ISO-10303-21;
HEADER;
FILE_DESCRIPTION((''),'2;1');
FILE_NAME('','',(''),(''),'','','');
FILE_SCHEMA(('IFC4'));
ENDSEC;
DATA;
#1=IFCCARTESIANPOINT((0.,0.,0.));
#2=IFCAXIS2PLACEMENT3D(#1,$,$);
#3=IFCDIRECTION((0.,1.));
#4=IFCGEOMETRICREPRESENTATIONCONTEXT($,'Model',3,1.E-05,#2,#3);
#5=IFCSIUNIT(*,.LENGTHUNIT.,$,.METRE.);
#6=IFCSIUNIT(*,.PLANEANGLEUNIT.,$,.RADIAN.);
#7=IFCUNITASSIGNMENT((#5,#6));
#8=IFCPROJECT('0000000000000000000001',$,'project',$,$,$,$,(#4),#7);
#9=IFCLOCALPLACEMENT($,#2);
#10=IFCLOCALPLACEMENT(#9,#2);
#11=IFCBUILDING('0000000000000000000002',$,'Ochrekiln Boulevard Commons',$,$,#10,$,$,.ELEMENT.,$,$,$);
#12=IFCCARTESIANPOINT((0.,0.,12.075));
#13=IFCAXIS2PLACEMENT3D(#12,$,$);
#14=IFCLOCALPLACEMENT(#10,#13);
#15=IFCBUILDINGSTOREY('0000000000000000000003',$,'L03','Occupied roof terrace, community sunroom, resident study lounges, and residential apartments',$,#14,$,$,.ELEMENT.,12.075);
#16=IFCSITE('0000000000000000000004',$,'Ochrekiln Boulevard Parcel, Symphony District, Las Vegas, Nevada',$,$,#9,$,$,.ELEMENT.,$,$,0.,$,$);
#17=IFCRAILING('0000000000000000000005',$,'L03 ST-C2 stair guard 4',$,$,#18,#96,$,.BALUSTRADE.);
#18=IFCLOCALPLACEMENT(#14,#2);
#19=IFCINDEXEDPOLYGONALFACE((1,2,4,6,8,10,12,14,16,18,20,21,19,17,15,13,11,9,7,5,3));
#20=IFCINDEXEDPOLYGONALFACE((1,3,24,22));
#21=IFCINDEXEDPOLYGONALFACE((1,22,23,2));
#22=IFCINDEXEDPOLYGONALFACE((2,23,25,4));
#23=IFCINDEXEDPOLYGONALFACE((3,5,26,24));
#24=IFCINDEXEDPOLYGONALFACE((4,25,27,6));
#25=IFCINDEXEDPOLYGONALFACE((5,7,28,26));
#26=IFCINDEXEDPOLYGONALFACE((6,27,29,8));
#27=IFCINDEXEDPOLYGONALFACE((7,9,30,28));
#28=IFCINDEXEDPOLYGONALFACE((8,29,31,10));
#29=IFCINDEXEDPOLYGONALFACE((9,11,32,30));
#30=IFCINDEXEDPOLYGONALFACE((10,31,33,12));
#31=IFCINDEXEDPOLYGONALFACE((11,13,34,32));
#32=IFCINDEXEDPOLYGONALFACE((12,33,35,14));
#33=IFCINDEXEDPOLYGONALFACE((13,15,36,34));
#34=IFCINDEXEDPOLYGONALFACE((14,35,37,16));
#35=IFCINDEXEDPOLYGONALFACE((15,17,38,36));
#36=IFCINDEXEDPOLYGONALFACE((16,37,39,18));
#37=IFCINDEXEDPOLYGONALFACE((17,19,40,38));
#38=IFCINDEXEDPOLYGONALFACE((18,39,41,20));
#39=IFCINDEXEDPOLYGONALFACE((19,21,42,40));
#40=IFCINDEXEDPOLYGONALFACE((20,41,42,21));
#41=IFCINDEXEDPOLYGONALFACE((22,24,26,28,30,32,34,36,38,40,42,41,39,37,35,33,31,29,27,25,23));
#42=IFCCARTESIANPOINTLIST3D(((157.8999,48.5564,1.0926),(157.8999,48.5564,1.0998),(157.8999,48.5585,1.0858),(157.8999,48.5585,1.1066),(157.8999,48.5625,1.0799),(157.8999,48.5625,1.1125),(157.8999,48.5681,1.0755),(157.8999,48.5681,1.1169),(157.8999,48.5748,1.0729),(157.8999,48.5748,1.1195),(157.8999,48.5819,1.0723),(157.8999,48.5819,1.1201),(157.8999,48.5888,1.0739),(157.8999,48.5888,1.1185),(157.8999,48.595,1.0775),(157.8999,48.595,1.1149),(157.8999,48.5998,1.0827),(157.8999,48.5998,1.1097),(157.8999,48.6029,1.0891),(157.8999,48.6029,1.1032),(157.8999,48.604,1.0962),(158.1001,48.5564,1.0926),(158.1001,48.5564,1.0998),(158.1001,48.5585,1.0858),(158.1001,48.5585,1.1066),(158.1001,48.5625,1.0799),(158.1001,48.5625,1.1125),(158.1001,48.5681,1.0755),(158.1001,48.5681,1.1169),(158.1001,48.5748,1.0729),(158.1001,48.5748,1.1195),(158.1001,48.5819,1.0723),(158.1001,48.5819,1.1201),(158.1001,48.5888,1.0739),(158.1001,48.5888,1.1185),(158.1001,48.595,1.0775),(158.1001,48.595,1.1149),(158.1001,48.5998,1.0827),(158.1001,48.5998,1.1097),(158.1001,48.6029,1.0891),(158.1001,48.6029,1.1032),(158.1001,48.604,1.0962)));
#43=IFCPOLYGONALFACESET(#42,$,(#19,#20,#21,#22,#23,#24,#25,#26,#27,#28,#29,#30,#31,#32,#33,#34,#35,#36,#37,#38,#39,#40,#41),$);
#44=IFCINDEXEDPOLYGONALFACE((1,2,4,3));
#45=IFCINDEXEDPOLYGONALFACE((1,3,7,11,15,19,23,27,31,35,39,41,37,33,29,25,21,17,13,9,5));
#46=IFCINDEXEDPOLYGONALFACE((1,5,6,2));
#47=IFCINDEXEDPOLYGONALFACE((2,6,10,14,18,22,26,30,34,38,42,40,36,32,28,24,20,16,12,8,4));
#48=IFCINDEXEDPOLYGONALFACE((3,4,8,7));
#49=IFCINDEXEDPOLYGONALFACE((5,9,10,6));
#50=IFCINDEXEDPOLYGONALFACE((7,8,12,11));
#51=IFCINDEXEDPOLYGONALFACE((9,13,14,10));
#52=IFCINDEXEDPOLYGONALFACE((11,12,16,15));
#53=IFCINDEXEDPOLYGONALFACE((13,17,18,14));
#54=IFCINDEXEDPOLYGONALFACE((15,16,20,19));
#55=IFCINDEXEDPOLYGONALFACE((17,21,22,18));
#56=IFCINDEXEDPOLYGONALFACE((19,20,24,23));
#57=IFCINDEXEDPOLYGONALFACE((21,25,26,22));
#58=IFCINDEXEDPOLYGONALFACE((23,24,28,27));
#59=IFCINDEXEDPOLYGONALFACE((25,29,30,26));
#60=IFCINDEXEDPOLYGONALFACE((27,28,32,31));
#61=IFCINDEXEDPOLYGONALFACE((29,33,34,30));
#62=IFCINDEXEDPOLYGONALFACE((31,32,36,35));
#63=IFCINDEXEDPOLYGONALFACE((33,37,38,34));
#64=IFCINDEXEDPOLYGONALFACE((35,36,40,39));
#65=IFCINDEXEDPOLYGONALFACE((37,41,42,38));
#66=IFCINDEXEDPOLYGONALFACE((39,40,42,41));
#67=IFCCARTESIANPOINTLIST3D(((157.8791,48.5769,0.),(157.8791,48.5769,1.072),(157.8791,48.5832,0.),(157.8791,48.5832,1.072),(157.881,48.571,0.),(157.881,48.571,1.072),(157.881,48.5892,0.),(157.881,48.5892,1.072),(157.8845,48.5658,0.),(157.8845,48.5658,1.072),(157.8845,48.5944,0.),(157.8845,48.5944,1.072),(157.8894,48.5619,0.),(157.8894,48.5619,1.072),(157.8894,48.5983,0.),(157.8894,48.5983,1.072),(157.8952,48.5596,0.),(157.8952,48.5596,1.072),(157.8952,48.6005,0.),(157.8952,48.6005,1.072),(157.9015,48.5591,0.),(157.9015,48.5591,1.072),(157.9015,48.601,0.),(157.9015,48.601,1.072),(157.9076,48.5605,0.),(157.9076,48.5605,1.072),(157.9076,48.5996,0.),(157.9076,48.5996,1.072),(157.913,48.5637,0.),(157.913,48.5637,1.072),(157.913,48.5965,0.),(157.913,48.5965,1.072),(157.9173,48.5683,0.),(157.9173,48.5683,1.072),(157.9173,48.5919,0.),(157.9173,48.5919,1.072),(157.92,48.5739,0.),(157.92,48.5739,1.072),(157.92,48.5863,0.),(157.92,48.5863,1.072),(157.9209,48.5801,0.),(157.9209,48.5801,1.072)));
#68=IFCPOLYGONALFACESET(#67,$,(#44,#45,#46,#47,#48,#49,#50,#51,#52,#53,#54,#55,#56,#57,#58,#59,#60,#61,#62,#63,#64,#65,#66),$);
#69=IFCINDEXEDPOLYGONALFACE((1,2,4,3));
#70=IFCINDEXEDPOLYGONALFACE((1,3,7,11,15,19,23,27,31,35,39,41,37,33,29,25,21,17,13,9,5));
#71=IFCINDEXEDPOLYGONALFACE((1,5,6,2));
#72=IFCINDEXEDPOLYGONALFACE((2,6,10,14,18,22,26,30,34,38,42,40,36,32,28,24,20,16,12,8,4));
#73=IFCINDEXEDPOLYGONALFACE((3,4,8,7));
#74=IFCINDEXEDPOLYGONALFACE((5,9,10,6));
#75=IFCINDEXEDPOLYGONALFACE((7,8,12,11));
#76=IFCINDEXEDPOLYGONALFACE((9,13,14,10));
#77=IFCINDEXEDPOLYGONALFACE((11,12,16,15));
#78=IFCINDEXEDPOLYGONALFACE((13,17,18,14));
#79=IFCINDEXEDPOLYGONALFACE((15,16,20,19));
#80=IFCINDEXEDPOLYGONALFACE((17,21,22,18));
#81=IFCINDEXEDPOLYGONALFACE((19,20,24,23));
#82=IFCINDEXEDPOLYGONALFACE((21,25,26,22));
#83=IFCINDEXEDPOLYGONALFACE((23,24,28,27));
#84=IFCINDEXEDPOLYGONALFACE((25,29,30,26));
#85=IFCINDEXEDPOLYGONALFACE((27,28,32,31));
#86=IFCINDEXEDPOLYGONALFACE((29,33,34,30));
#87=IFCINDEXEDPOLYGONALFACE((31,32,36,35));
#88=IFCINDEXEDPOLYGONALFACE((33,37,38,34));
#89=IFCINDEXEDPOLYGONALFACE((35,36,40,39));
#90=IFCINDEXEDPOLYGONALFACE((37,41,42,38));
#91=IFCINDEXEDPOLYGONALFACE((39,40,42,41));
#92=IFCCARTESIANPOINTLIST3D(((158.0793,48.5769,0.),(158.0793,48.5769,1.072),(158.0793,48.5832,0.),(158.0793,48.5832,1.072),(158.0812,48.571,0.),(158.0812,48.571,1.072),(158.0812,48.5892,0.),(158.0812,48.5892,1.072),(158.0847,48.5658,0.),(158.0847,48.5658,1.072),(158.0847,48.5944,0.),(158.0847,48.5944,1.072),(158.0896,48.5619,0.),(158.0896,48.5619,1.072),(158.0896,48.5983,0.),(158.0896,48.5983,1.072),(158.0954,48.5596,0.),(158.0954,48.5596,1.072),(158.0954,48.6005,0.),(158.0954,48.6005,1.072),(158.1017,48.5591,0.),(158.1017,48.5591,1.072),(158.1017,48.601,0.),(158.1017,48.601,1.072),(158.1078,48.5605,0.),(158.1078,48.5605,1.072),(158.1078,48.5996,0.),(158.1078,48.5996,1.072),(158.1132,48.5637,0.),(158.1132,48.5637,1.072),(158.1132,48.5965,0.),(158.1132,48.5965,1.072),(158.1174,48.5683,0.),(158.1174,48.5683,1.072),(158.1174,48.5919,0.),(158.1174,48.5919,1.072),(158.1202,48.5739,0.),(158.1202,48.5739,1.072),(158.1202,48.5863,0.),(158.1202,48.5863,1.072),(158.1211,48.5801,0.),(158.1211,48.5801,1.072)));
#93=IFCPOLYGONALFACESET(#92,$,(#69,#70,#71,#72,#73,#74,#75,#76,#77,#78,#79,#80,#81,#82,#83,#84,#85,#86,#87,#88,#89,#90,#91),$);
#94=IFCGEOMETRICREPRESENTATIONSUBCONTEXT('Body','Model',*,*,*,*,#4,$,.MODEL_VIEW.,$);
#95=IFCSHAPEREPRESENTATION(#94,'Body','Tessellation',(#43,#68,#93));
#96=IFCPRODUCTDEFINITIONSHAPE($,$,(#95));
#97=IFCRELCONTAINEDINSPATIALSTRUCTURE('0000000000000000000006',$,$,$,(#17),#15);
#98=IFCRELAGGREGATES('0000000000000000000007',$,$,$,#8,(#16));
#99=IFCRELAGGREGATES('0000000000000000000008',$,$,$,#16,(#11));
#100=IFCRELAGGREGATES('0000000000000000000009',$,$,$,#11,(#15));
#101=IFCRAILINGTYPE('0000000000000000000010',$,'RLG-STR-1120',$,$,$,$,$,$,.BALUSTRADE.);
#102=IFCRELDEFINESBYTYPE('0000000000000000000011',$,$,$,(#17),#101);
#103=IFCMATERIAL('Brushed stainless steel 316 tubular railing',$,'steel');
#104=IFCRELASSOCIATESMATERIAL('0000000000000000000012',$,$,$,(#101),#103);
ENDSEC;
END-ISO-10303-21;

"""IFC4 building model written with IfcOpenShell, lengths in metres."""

from ifc_helpers import new_model, si_unit, direction, frame, origin, origin_2d, place, context, subcontext, project, spatial, circle, extrude, material, type_object, element, save


model = new_model("IFC4")

# Units and contexts
model_context = context("Model", 3, precision=1e-05, world=origin(), true_north=direction((0.0, 1.0)))
body_context = subcontext(model_context, "Body", "Model", "MODEL_VIEW")
ifc_project = project(units=[si_unit("LENGTHUNIT", "METRE"), si_unit("PLANEANGLEUNIT", "RADIAN")], contexts=[model_context])

# Site, building, storey
site_placement = place(None, origin())
site = spatial("IfcSite", under=ifc_project, at=site_placement, Name="Ochrekiln Boulevard Parcel, Symphony District, Las Vegas, Nevada", CompositionType="ELEMENT", RefElevation=0.0)
building_placement = place(site_placement, origin())
building = spatial("IfcBuilding", under=site, at=building_placement, Name="Ochrekiln Boulevard Commons", CompositionType="ELEMENT")
storey_placement = place(building_placement, frame((0.0, 0.0, 12.075)))
storey = spatial("IfcBuildingStorey", under=building, at=storey_placement, Name="L03", Description="Occupied roof terrace, community sunroom, resident study lounges, and residential apartments", CompositionType="ELEMENT", Elevation=12.075)

# Railing
ifc_material_1 = material(Name="Brushed stainless steel 316 tubular railing", Category="steel")
railing_type_1 = type_object("IfcRailingType", Name="RLG-STR-1120", PredefinedType="BALUSTRADE", material=ifc_material_1)
railing_1_placement = place(storey_placement, frame((157.8999, 48.5801, 0.0)))
element("IfcRailing", 1, at=railing_1_placement, inside=storey, type_object=railing_type_1, Name="L03 ST-C2 stair guard 4", PredefinedType="BALUSTRADE", context=body_context, shape_type="SweptSolid", body=[
    extrude(circle(Radius=0.0239, at=origin_2d()), frame((0.0, 0.0, 1.0962), z_axis=(1.0, 0.0, 0.0), x_axis=(0.0, 1.0, 0.0)), (0.0, 0.0, 1.0), 0.2002),
    extrude(circle(Radius=0.021, at=origin_2d()), origin(), (0.0, 0.0, 1.0), 1.072),
    extrude(circle(Radius=0.021, at=origin_2d()), frame((0.2002, 0.0, 0.0)), (0.0, 0.0, 1.0), 1.072),
])

save(model, "model.ifc")
